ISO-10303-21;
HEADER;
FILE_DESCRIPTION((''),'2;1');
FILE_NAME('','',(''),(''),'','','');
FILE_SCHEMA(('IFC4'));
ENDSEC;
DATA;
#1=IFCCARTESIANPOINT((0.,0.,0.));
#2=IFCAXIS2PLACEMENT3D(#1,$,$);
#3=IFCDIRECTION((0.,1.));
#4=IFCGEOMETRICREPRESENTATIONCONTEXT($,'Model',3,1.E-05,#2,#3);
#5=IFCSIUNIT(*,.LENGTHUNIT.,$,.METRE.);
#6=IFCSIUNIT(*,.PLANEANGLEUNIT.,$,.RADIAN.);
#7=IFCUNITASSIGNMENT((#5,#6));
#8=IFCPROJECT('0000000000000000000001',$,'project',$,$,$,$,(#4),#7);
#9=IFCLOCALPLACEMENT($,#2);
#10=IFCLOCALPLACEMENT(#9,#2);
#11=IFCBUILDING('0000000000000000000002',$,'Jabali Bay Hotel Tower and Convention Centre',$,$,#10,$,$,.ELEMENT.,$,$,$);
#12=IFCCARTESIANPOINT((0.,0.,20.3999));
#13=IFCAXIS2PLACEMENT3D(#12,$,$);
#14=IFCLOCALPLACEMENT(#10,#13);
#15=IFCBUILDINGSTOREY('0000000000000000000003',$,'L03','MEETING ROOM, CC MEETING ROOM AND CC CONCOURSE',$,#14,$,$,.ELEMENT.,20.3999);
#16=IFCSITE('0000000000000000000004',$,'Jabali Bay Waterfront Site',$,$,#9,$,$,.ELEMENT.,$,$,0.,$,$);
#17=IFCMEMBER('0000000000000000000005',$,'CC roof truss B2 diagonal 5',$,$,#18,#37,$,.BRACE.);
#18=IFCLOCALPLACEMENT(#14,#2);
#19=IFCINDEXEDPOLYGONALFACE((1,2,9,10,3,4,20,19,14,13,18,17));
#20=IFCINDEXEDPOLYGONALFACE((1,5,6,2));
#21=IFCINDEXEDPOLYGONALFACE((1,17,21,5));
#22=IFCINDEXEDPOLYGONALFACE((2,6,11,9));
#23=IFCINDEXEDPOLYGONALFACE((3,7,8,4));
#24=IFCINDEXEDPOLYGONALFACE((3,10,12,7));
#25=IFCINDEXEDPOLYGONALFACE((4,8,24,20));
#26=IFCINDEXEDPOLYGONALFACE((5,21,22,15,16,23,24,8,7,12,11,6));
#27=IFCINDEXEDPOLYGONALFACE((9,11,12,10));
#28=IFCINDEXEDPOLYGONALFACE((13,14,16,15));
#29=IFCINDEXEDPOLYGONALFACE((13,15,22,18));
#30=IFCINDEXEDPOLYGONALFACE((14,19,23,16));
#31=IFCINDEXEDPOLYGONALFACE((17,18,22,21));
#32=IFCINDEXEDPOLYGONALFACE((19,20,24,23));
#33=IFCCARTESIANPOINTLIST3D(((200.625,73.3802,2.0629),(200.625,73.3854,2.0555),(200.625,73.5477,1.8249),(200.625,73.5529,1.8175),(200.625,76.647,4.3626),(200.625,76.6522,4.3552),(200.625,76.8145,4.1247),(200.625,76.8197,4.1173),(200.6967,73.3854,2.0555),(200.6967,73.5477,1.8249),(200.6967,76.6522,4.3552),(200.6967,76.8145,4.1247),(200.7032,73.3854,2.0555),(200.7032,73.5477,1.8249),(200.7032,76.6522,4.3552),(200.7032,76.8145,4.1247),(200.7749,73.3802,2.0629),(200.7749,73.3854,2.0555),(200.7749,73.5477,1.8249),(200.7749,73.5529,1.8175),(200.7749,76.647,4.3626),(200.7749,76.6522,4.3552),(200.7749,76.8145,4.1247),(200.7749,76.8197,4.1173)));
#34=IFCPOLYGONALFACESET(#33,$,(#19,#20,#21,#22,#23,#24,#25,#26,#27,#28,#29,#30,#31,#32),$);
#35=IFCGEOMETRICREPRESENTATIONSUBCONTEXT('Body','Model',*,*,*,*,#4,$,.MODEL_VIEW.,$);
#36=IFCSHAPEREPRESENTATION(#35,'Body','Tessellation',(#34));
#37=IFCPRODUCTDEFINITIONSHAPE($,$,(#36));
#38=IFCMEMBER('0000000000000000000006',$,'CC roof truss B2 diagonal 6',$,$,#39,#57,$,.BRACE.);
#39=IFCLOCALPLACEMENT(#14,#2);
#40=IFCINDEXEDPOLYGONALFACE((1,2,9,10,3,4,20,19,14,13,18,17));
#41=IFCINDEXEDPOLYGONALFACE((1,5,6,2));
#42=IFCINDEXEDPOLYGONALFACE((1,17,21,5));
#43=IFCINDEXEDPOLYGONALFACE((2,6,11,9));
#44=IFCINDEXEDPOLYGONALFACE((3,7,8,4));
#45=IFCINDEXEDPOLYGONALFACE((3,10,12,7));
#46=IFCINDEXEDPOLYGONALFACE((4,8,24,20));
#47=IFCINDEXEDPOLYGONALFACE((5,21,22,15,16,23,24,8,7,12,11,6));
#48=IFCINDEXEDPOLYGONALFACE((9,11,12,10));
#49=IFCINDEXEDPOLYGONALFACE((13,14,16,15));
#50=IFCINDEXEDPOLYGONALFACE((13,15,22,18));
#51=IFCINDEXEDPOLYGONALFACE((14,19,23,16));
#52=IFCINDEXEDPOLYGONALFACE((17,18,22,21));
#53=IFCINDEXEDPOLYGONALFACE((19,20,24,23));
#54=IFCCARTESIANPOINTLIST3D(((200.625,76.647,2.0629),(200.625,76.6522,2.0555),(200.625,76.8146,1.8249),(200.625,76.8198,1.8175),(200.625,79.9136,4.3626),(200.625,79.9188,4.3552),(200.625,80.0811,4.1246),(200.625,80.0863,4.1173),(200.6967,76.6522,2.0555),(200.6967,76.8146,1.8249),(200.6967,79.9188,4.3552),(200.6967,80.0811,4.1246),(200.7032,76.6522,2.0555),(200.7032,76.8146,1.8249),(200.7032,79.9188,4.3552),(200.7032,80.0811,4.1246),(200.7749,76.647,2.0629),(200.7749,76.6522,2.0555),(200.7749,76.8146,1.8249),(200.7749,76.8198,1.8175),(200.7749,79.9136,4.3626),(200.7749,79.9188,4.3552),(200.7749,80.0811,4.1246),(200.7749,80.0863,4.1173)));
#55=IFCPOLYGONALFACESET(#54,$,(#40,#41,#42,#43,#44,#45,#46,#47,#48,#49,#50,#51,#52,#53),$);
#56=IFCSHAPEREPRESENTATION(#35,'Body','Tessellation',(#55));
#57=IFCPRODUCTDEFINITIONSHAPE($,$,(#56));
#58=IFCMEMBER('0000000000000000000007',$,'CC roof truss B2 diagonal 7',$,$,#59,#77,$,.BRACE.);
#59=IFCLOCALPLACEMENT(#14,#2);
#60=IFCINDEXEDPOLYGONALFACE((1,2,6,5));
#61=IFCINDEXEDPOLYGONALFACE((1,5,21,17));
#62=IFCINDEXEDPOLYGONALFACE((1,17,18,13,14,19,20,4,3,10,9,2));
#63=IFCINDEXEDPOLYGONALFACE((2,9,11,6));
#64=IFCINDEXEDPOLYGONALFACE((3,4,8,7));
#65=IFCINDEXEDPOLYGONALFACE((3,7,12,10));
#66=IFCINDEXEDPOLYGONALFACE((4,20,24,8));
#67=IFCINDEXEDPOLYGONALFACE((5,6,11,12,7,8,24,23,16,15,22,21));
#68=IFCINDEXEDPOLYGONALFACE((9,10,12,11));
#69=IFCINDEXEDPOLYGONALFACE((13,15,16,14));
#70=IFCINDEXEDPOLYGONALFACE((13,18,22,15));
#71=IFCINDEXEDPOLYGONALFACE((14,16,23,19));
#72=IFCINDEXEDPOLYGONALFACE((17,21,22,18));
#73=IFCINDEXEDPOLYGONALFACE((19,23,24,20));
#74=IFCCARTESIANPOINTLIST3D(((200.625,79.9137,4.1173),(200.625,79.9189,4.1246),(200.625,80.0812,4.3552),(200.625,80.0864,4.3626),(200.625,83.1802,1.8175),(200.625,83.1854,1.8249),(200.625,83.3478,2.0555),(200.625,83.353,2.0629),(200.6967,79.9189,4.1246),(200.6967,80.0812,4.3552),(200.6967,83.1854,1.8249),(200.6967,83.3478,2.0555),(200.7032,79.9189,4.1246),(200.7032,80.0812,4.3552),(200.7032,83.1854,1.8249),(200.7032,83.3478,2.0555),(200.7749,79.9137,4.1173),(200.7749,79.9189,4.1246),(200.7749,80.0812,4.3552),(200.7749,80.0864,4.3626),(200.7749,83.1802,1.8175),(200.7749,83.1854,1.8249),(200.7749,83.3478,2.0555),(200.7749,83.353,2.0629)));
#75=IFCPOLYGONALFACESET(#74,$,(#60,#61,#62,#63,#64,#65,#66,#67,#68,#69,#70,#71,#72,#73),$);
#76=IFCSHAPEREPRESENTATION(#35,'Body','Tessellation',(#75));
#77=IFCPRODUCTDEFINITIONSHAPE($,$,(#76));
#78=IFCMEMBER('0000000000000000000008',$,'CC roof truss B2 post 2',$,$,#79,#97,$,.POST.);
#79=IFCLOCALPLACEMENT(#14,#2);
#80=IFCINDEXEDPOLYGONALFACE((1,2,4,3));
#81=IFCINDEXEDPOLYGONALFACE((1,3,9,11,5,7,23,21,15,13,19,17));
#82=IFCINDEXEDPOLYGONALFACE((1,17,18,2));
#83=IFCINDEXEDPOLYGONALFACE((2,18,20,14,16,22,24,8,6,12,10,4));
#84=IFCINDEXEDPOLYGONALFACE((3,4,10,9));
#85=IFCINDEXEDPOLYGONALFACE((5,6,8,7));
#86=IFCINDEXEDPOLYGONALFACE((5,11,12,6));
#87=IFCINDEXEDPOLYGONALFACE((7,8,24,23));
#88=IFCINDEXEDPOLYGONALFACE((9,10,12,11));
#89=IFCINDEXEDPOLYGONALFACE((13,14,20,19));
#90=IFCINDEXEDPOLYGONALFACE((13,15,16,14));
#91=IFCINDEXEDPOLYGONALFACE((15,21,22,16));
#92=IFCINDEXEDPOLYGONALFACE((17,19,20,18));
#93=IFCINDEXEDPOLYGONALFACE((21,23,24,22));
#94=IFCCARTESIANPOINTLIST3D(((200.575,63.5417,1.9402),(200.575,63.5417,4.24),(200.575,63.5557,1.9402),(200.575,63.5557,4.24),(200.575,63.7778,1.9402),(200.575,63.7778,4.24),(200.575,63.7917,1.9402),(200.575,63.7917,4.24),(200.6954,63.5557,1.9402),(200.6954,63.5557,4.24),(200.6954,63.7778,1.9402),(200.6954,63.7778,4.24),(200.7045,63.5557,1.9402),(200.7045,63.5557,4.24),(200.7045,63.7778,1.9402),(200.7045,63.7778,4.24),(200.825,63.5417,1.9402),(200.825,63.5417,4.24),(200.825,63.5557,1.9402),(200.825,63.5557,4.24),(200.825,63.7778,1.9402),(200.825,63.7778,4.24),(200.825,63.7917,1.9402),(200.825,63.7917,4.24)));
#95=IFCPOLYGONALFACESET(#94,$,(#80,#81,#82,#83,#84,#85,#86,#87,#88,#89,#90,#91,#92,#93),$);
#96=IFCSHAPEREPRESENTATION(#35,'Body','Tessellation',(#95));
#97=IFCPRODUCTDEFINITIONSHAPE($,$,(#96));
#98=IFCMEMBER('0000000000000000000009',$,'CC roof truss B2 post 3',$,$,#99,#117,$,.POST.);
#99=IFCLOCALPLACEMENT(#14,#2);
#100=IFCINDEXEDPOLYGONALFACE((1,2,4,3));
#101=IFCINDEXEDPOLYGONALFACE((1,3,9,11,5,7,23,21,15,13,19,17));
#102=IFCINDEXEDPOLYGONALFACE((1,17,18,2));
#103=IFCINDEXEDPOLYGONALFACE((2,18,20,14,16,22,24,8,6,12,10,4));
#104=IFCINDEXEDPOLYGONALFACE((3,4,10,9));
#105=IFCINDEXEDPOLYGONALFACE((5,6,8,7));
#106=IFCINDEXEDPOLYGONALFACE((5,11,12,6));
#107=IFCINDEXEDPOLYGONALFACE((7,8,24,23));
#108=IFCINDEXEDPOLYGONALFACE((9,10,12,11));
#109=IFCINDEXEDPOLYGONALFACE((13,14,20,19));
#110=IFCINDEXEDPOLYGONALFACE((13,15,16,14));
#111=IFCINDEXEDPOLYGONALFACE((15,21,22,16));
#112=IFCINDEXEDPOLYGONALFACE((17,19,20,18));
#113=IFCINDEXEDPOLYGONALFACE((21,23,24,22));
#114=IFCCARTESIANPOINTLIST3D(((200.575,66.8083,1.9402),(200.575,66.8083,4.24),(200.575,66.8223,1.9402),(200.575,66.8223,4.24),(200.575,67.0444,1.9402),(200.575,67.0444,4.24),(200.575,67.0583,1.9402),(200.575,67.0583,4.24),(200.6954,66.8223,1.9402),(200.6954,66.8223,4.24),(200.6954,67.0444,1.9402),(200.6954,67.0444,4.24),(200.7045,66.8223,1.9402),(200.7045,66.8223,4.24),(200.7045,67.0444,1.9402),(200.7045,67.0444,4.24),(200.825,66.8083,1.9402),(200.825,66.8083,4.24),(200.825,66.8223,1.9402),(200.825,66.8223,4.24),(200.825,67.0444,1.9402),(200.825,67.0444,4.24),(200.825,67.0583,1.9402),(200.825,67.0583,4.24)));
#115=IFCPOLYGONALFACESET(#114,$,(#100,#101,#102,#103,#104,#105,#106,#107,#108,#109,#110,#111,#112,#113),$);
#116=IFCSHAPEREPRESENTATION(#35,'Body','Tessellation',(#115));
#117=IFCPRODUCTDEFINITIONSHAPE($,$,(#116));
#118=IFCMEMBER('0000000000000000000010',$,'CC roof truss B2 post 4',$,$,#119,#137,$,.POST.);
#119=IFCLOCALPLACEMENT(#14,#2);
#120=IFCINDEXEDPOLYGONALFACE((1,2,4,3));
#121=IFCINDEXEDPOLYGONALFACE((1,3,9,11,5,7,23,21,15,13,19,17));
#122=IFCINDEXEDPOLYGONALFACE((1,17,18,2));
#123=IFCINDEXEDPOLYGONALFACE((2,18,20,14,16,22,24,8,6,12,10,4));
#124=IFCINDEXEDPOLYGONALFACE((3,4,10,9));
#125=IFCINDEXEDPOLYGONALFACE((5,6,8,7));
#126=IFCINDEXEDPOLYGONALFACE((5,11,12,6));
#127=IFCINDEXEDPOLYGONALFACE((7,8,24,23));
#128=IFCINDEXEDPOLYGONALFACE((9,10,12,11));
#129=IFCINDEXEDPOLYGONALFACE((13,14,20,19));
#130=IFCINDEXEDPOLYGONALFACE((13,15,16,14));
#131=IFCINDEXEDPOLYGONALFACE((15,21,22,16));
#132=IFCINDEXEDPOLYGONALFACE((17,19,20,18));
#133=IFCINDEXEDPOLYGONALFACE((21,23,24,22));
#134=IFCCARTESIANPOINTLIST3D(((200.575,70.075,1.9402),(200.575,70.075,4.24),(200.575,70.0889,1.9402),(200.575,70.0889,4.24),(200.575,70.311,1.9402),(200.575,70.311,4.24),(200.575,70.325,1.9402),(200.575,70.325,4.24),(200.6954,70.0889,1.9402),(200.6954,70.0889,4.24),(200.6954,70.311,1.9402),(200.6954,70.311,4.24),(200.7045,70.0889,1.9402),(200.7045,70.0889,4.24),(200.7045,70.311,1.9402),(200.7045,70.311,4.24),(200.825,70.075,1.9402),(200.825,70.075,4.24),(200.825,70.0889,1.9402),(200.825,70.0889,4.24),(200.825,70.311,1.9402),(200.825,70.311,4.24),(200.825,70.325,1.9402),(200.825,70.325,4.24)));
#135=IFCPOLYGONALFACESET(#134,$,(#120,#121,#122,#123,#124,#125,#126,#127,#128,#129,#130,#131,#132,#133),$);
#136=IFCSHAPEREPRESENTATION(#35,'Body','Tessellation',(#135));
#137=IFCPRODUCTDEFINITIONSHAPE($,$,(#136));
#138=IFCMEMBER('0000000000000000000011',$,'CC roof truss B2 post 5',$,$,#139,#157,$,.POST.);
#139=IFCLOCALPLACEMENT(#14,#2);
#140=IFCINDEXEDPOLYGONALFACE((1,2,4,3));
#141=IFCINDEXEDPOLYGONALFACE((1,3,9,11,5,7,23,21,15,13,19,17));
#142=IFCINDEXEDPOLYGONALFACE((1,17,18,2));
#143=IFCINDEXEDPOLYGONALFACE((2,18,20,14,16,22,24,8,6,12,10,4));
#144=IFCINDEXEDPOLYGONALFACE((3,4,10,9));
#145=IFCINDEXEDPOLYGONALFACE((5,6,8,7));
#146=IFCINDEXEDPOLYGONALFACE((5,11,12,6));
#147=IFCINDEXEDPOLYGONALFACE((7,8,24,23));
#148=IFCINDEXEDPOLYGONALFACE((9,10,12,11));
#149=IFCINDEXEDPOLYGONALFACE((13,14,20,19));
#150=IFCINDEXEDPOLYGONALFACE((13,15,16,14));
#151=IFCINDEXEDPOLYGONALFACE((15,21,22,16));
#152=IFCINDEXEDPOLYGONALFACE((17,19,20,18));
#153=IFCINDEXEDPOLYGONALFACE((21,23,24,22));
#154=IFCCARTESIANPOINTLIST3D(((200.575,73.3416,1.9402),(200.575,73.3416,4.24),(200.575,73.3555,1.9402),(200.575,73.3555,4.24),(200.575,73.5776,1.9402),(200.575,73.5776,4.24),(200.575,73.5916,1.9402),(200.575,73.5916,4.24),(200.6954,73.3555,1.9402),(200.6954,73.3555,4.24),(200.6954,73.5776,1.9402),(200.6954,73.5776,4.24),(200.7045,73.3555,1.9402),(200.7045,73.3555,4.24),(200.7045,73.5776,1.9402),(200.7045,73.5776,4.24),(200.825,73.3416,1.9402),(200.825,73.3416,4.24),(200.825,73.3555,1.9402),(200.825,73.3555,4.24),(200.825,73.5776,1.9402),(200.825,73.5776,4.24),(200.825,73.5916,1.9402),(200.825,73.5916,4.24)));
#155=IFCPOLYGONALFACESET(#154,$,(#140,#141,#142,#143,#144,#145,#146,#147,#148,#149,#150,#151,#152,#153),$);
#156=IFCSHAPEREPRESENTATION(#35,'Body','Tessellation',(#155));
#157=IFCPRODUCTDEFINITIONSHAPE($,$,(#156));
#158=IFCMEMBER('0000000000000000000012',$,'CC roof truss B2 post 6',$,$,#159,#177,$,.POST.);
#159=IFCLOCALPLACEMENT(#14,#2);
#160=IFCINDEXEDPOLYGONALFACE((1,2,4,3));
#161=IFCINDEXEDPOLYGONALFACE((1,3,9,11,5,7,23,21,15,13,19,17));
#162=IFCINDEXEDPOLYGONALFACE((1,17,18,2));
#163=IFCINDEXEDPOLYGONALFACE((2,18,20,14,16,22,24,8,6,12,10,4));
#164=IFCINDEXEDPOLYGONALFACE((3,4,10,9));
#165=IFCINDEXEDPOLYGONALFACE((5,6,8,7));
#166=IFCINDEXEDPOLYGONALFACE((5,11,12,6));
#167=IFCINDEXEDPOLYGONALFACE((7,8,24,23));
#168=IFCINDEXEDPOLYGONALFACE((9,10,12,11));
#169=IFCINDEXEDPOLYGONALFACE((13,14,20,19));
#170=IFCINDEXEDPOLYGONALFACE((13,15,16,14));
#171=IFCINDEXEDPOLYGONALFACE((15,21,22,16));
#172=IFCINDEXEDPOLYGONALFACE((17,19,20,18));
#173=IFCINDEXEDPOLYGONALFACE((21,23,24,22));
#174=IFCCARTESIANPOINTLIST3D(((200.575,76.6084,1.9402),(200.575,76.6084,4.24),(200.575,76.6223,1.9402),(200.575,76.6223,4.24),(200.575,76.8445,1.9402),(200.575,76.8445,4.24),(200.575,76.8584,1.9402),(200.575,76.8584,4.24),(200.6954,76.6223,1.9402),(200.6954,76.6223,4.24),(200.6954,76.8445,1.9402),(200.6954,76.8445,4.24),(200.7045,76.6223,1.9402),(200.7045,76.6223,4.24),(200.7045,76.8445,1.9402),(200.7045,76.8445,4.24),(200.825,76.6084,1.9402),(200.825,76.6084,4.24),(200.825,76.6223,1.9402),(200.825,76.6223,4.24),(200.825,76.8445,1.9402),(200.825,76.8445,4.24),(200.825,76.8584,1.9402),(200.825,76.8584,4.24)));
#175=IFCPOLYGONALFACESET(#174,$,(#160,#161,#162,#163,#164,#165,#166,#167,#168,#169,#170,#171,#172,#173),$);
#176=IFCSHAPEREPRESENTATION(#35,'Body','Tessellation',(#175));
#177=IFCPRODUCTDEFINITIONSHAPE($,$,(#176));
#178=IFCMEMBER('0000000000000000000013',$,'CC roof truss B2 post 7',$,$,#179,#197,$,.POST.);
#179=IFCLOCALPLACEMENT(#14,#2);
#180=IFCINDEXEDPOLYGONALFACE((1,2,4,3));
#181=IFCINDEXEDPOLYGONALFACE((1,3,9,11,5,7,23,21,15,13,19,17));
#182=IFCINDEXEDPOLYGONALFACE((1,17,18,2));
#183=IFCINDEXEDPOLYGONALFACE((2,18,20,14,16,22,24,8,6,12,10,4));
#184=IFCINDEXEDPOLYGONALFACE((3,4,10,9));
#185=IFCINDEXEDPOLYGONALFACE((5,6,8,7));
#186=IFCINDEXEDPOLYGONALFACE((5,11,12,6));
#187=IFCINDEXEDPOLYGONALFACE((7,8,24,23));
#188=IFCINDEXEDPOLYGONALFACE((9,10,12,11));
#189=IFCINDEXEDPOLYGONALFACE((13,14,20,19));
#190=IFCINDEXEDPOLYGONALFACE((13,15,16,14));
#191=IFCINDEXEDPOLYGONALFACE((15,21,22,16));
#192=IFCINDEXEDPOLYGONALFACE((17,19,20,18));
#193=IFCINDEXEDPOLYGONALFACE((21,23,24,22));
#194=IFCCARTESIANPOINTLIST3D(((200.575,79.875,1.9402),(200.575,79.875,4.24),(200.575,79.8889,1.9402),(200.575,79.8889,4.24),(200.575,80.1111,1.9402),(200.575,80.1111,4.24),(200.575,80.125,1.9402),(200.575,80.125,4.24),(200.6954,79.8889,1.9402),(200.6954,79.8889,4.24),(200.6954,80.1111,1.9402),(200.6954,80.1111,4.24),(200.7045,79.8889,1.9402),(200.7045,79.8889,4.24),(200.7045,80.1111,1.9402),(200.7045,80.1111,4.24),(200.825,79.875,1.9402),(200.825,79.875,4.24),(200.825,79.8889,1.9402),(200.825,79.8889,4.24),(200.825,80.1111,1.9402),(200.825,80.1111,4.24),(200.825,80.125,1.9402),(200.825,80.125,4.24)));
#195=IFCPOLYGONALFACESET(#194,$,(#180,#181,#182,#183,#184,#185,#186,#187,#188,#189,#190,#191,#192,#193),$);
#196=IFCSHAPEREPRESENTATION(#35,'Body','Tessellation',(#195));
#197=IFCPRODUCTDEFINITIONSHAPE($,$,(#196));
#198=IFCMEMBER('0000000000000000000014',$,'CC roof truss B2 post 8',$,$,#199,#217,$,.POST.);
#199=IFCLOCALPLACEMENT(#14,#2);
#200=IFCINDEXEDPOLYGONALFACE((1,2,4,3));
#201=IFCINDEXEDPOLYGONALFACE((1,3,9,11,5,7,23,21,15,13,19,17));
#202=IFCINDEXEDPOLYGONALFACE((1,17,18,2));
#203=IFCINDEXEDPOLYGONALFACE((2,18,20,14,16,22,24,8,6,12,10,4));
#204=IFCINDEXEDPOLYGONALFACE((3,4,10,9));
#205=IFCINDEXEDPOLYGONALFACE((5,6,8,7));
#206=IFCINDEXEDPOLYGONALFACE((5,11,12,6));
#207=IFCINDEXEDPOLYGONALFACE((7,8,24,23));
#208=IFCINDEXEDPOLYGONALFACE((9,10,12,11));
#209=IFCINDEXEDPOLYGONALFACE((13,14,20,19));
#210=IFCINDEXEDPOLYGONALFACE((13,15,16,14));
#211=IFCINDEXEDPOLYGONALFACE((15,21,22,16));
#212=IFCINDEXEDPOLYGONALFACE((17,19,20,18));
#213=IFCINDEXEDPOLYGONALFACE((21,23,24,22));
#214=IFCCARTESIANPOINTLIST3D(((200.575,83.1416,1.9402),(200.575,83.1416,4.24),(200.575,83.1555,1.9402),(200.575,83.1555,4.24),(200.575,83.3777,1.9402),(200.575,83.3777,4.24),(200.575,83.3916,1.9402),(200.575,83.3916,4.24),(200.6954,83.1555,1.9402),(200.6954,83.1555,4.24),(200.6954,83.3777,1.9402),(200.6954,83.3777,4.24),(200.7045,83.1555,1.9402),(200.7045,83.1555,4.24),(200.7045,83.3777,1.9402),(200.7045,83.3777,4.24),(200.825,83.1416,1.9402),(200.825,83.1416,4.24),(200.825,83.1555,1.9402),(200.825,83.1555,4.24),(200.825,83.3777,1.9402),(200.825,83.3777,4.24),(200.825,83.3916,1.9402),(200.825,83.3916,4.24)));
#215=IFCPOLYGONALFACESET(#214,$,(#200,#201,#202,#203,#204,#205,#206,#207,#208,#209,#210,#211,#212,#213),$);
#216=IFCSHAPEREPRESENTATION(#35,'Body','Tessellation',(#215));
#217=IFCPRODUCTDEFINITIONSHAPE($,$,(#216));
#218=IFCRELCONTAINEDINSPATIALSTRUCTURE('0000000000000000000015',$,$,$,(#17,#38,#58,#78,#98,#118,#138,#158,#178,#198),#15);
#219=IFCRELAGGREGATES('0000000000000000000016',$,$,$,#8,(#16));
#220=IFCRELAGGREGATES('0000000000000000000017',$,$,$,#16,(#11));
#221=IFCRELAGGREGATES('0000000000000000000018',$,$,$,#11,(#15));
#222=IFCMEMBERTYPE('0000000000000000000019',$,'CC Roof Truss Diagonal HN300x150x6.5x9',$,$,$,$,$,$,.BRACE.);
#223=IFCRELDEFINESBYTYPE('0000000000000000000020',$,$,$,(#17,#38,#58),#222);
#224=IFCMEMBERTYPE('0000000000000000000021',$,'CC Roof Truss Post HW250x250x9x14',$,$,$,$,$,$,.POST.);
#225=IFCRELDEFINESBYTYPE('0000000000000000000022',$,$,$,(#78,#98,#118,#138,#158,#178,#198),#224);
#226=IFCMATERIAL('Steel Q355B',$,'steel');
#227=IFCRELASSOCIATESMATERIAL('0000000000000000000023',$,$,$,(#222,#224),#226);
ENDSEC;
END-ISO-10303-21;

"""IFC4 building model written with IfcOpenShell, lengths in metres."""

from ifc_helpers import new_model, si_unit, direction, frame, origin, origin_2d, place, context, subcontext, project, spatial, i_section, extrude, material, material_profile, profile_set, type_object, element, save


model = new_model("IFC4")

# Units and contexts
model_context = context("Model", 3, precision=1e-05, world=origin(), true_north=direction((0.0, 1.0)))
body_context = subcontext(model_context, "Body", "Model", "MODEL_VIEW")
ifc_project = project(units=[si_unit("LENGTHUNIT", "METRE"), si_unit("PLANEANGLEUNIT", "RADIAN")], contexts=[model_context])

# Site, building, storey
site_placement = place(None, origin())
site = spatial("IfcSite", under=ifc_project, at=site_placement, Name="Jabali Bay Waterfront Site", CompositionType="ELEMENT", RefElevation=0.0)
building_placement = place(site_placement, origin())
building = spatial("IfcBuilding", under=site, at=building_placement, Name="Jabali Bay Hotel Tower and Convention Centre", CompositionType="ELEMENT")
storey_placement = place(building_placement, frame((0.0, 0.0, 20.3999)))
storey = spatial("IfcBuildingStorey", under=building, at=storey_placement, Name="L03", Description="MEETING ROOM, CC MEETING ROOM AND CC CONCOURSE", CompositionType="ELEMENT", Elevation=20.3999)

# Members
ifc_material = material(Name="Steel Q355B", Category="steel")
ifc_material_profile_1 = material_profile(ifc_material, i_section(OverallWidth=0.1499, OverallDepth=0.3, WebThickness=0.0066, FlangeThickness=0.009, at=origin_2d()), Name="HN300x150x6.5x9")
ifc_profile_set_1 = profile_set([ifc_material_profile_1], Name="Steel Q355B")
member_type_1 = type_object("IfcMemberType", Name="CC Roof Truss Diagonal HN300x150x6.5x9", PredefinedType="BRACE", material=ifc_profile_set_1)
member_placement = place(storey_placement, frame((200.7, 73.4666, 1.9402), z_axis=(0.0, 0.817699, 0.575646), x_axis=(-1.0, 0.0, 0.0)))
element("IfcMember", 1, at=member_placement, inside=storey, type_object=member_type_1, Name="CC roof truss B2 diagonal 5", PredefinedType="BRACE", context=body_context, shape_type="SweptSolid", body=[
    extrude(i_section(OverallWidth=0.1499, OverallDepth=0.3, WebThickness=0.0066, FlangeThickness=0.009, at=origin_2d()), origin(), (0.0, 0.0, 1.0), 3.9951),
])
for number, where, z_axis, x_axis, name in (
    (2, (200.7, 76.7334, 1.9402), (0.0, 0.817679, 0.575675), (-1.0, 0.0, 0.0), "CC roof truss B2 diagonal 6"),
    (3, (200.7, 83.2666, 1.9402), (0.0, -0.817679, 0.575675), (1.0, 0.0, 0.0), "CC roof truss B2 diagonal 7"),
):
    element("IfcMember", number, at=place(storey_placement, frame(where, z_axis=z_axis, x_axis=x_axis)), inside=storey, type_object=member_type_1, Name=name, PredefinedType="BRACE", context=body_context, shape_type="SweptSolid", body=[
        extrude(i_section(OverallWidth=0.1499, OverallDepth=0.3, WebThickness=0.0066, FlangeThickness=0.009, at=origin_2d()), origin(), (0.0, 0.0, 1.0), 3.9949),
    ])
ifc_material_profile_2 = material_profile(ifc_material, i_section(OverallWidth=0.25, OverallDepth=0.25, WebThickness=0.009, FlangeThickness=0.0139, at=origin_2d()), Name="HW250x250x9x14")
ifc_profile_set_2 = profile_set([ifc_material_profile_2], Name="Steel Q355B")
member_type_2 = type_object("IfcMemberType", Name="CC Roof Truss Post HW250x250x9x14", PredefinedType="POST", material=ifc_profile_set_2)
for number, where, z_axis, x_axis, name in (
    (4, (200.7, 63.6667, 1.9402), (0.0, 0.0, 1.0), (1.0, 0.0, 0.0), "CC roof truss B2 post 2"),
    (5, (200.7, 66.9333, 1.9402), (0.0, 0.0, 1.0), (1.0, 0.0, 0.0), "CC roof truss B2 post 3"),
    (6, (200.7, 70.2, 1.9402), (0.0, 0.0, 1.0), (1.0, 0.0, 0.0), "CC roof truss B2 post 4"),
    (7, (200.7, 73.4666, 1.9402), (0.0, 0.0, 1.0), (1.0, 0.0, 0.0), "CC roof truss B2 post 5"),
    (8, (200.7, 76.7334, 1.9402), (0.0, 0.0, 1.0), (1.0, 0.0, 0.0), "CC roof truss B2 post 6"),
    (9, (200.7, 80.0, 1.9402), (0.0, 0.0, 1.0), (1.0, 0.0, 0.0), "CC roof truss B2 post 7"),
    (10, (200.7, 83.2666, 1.9402), (0.0, 0.0, 1.0), (1.0, 0.0, 0.0), "CC roof truss B2 post 8"),
):
    element("IfcMember", number, at=place(storey_placement, frame(where, z_axis=z_axis, x_axis=x_axis)), inside=storey, type_object=member_type_2, Name=name, PredefinedType="POST", context=body_context, shape_type="SweptSolid", body=[
        extrude(i_section(OverallWidth=0.25, OverallDepth=0.25, WebThickness=0.009, FlangeThickness=0.0139, at=origin_2d()), origin(), (0.0, 0.0, 1.0), 2.2998),
    ])

save(model, "model.ifc")
